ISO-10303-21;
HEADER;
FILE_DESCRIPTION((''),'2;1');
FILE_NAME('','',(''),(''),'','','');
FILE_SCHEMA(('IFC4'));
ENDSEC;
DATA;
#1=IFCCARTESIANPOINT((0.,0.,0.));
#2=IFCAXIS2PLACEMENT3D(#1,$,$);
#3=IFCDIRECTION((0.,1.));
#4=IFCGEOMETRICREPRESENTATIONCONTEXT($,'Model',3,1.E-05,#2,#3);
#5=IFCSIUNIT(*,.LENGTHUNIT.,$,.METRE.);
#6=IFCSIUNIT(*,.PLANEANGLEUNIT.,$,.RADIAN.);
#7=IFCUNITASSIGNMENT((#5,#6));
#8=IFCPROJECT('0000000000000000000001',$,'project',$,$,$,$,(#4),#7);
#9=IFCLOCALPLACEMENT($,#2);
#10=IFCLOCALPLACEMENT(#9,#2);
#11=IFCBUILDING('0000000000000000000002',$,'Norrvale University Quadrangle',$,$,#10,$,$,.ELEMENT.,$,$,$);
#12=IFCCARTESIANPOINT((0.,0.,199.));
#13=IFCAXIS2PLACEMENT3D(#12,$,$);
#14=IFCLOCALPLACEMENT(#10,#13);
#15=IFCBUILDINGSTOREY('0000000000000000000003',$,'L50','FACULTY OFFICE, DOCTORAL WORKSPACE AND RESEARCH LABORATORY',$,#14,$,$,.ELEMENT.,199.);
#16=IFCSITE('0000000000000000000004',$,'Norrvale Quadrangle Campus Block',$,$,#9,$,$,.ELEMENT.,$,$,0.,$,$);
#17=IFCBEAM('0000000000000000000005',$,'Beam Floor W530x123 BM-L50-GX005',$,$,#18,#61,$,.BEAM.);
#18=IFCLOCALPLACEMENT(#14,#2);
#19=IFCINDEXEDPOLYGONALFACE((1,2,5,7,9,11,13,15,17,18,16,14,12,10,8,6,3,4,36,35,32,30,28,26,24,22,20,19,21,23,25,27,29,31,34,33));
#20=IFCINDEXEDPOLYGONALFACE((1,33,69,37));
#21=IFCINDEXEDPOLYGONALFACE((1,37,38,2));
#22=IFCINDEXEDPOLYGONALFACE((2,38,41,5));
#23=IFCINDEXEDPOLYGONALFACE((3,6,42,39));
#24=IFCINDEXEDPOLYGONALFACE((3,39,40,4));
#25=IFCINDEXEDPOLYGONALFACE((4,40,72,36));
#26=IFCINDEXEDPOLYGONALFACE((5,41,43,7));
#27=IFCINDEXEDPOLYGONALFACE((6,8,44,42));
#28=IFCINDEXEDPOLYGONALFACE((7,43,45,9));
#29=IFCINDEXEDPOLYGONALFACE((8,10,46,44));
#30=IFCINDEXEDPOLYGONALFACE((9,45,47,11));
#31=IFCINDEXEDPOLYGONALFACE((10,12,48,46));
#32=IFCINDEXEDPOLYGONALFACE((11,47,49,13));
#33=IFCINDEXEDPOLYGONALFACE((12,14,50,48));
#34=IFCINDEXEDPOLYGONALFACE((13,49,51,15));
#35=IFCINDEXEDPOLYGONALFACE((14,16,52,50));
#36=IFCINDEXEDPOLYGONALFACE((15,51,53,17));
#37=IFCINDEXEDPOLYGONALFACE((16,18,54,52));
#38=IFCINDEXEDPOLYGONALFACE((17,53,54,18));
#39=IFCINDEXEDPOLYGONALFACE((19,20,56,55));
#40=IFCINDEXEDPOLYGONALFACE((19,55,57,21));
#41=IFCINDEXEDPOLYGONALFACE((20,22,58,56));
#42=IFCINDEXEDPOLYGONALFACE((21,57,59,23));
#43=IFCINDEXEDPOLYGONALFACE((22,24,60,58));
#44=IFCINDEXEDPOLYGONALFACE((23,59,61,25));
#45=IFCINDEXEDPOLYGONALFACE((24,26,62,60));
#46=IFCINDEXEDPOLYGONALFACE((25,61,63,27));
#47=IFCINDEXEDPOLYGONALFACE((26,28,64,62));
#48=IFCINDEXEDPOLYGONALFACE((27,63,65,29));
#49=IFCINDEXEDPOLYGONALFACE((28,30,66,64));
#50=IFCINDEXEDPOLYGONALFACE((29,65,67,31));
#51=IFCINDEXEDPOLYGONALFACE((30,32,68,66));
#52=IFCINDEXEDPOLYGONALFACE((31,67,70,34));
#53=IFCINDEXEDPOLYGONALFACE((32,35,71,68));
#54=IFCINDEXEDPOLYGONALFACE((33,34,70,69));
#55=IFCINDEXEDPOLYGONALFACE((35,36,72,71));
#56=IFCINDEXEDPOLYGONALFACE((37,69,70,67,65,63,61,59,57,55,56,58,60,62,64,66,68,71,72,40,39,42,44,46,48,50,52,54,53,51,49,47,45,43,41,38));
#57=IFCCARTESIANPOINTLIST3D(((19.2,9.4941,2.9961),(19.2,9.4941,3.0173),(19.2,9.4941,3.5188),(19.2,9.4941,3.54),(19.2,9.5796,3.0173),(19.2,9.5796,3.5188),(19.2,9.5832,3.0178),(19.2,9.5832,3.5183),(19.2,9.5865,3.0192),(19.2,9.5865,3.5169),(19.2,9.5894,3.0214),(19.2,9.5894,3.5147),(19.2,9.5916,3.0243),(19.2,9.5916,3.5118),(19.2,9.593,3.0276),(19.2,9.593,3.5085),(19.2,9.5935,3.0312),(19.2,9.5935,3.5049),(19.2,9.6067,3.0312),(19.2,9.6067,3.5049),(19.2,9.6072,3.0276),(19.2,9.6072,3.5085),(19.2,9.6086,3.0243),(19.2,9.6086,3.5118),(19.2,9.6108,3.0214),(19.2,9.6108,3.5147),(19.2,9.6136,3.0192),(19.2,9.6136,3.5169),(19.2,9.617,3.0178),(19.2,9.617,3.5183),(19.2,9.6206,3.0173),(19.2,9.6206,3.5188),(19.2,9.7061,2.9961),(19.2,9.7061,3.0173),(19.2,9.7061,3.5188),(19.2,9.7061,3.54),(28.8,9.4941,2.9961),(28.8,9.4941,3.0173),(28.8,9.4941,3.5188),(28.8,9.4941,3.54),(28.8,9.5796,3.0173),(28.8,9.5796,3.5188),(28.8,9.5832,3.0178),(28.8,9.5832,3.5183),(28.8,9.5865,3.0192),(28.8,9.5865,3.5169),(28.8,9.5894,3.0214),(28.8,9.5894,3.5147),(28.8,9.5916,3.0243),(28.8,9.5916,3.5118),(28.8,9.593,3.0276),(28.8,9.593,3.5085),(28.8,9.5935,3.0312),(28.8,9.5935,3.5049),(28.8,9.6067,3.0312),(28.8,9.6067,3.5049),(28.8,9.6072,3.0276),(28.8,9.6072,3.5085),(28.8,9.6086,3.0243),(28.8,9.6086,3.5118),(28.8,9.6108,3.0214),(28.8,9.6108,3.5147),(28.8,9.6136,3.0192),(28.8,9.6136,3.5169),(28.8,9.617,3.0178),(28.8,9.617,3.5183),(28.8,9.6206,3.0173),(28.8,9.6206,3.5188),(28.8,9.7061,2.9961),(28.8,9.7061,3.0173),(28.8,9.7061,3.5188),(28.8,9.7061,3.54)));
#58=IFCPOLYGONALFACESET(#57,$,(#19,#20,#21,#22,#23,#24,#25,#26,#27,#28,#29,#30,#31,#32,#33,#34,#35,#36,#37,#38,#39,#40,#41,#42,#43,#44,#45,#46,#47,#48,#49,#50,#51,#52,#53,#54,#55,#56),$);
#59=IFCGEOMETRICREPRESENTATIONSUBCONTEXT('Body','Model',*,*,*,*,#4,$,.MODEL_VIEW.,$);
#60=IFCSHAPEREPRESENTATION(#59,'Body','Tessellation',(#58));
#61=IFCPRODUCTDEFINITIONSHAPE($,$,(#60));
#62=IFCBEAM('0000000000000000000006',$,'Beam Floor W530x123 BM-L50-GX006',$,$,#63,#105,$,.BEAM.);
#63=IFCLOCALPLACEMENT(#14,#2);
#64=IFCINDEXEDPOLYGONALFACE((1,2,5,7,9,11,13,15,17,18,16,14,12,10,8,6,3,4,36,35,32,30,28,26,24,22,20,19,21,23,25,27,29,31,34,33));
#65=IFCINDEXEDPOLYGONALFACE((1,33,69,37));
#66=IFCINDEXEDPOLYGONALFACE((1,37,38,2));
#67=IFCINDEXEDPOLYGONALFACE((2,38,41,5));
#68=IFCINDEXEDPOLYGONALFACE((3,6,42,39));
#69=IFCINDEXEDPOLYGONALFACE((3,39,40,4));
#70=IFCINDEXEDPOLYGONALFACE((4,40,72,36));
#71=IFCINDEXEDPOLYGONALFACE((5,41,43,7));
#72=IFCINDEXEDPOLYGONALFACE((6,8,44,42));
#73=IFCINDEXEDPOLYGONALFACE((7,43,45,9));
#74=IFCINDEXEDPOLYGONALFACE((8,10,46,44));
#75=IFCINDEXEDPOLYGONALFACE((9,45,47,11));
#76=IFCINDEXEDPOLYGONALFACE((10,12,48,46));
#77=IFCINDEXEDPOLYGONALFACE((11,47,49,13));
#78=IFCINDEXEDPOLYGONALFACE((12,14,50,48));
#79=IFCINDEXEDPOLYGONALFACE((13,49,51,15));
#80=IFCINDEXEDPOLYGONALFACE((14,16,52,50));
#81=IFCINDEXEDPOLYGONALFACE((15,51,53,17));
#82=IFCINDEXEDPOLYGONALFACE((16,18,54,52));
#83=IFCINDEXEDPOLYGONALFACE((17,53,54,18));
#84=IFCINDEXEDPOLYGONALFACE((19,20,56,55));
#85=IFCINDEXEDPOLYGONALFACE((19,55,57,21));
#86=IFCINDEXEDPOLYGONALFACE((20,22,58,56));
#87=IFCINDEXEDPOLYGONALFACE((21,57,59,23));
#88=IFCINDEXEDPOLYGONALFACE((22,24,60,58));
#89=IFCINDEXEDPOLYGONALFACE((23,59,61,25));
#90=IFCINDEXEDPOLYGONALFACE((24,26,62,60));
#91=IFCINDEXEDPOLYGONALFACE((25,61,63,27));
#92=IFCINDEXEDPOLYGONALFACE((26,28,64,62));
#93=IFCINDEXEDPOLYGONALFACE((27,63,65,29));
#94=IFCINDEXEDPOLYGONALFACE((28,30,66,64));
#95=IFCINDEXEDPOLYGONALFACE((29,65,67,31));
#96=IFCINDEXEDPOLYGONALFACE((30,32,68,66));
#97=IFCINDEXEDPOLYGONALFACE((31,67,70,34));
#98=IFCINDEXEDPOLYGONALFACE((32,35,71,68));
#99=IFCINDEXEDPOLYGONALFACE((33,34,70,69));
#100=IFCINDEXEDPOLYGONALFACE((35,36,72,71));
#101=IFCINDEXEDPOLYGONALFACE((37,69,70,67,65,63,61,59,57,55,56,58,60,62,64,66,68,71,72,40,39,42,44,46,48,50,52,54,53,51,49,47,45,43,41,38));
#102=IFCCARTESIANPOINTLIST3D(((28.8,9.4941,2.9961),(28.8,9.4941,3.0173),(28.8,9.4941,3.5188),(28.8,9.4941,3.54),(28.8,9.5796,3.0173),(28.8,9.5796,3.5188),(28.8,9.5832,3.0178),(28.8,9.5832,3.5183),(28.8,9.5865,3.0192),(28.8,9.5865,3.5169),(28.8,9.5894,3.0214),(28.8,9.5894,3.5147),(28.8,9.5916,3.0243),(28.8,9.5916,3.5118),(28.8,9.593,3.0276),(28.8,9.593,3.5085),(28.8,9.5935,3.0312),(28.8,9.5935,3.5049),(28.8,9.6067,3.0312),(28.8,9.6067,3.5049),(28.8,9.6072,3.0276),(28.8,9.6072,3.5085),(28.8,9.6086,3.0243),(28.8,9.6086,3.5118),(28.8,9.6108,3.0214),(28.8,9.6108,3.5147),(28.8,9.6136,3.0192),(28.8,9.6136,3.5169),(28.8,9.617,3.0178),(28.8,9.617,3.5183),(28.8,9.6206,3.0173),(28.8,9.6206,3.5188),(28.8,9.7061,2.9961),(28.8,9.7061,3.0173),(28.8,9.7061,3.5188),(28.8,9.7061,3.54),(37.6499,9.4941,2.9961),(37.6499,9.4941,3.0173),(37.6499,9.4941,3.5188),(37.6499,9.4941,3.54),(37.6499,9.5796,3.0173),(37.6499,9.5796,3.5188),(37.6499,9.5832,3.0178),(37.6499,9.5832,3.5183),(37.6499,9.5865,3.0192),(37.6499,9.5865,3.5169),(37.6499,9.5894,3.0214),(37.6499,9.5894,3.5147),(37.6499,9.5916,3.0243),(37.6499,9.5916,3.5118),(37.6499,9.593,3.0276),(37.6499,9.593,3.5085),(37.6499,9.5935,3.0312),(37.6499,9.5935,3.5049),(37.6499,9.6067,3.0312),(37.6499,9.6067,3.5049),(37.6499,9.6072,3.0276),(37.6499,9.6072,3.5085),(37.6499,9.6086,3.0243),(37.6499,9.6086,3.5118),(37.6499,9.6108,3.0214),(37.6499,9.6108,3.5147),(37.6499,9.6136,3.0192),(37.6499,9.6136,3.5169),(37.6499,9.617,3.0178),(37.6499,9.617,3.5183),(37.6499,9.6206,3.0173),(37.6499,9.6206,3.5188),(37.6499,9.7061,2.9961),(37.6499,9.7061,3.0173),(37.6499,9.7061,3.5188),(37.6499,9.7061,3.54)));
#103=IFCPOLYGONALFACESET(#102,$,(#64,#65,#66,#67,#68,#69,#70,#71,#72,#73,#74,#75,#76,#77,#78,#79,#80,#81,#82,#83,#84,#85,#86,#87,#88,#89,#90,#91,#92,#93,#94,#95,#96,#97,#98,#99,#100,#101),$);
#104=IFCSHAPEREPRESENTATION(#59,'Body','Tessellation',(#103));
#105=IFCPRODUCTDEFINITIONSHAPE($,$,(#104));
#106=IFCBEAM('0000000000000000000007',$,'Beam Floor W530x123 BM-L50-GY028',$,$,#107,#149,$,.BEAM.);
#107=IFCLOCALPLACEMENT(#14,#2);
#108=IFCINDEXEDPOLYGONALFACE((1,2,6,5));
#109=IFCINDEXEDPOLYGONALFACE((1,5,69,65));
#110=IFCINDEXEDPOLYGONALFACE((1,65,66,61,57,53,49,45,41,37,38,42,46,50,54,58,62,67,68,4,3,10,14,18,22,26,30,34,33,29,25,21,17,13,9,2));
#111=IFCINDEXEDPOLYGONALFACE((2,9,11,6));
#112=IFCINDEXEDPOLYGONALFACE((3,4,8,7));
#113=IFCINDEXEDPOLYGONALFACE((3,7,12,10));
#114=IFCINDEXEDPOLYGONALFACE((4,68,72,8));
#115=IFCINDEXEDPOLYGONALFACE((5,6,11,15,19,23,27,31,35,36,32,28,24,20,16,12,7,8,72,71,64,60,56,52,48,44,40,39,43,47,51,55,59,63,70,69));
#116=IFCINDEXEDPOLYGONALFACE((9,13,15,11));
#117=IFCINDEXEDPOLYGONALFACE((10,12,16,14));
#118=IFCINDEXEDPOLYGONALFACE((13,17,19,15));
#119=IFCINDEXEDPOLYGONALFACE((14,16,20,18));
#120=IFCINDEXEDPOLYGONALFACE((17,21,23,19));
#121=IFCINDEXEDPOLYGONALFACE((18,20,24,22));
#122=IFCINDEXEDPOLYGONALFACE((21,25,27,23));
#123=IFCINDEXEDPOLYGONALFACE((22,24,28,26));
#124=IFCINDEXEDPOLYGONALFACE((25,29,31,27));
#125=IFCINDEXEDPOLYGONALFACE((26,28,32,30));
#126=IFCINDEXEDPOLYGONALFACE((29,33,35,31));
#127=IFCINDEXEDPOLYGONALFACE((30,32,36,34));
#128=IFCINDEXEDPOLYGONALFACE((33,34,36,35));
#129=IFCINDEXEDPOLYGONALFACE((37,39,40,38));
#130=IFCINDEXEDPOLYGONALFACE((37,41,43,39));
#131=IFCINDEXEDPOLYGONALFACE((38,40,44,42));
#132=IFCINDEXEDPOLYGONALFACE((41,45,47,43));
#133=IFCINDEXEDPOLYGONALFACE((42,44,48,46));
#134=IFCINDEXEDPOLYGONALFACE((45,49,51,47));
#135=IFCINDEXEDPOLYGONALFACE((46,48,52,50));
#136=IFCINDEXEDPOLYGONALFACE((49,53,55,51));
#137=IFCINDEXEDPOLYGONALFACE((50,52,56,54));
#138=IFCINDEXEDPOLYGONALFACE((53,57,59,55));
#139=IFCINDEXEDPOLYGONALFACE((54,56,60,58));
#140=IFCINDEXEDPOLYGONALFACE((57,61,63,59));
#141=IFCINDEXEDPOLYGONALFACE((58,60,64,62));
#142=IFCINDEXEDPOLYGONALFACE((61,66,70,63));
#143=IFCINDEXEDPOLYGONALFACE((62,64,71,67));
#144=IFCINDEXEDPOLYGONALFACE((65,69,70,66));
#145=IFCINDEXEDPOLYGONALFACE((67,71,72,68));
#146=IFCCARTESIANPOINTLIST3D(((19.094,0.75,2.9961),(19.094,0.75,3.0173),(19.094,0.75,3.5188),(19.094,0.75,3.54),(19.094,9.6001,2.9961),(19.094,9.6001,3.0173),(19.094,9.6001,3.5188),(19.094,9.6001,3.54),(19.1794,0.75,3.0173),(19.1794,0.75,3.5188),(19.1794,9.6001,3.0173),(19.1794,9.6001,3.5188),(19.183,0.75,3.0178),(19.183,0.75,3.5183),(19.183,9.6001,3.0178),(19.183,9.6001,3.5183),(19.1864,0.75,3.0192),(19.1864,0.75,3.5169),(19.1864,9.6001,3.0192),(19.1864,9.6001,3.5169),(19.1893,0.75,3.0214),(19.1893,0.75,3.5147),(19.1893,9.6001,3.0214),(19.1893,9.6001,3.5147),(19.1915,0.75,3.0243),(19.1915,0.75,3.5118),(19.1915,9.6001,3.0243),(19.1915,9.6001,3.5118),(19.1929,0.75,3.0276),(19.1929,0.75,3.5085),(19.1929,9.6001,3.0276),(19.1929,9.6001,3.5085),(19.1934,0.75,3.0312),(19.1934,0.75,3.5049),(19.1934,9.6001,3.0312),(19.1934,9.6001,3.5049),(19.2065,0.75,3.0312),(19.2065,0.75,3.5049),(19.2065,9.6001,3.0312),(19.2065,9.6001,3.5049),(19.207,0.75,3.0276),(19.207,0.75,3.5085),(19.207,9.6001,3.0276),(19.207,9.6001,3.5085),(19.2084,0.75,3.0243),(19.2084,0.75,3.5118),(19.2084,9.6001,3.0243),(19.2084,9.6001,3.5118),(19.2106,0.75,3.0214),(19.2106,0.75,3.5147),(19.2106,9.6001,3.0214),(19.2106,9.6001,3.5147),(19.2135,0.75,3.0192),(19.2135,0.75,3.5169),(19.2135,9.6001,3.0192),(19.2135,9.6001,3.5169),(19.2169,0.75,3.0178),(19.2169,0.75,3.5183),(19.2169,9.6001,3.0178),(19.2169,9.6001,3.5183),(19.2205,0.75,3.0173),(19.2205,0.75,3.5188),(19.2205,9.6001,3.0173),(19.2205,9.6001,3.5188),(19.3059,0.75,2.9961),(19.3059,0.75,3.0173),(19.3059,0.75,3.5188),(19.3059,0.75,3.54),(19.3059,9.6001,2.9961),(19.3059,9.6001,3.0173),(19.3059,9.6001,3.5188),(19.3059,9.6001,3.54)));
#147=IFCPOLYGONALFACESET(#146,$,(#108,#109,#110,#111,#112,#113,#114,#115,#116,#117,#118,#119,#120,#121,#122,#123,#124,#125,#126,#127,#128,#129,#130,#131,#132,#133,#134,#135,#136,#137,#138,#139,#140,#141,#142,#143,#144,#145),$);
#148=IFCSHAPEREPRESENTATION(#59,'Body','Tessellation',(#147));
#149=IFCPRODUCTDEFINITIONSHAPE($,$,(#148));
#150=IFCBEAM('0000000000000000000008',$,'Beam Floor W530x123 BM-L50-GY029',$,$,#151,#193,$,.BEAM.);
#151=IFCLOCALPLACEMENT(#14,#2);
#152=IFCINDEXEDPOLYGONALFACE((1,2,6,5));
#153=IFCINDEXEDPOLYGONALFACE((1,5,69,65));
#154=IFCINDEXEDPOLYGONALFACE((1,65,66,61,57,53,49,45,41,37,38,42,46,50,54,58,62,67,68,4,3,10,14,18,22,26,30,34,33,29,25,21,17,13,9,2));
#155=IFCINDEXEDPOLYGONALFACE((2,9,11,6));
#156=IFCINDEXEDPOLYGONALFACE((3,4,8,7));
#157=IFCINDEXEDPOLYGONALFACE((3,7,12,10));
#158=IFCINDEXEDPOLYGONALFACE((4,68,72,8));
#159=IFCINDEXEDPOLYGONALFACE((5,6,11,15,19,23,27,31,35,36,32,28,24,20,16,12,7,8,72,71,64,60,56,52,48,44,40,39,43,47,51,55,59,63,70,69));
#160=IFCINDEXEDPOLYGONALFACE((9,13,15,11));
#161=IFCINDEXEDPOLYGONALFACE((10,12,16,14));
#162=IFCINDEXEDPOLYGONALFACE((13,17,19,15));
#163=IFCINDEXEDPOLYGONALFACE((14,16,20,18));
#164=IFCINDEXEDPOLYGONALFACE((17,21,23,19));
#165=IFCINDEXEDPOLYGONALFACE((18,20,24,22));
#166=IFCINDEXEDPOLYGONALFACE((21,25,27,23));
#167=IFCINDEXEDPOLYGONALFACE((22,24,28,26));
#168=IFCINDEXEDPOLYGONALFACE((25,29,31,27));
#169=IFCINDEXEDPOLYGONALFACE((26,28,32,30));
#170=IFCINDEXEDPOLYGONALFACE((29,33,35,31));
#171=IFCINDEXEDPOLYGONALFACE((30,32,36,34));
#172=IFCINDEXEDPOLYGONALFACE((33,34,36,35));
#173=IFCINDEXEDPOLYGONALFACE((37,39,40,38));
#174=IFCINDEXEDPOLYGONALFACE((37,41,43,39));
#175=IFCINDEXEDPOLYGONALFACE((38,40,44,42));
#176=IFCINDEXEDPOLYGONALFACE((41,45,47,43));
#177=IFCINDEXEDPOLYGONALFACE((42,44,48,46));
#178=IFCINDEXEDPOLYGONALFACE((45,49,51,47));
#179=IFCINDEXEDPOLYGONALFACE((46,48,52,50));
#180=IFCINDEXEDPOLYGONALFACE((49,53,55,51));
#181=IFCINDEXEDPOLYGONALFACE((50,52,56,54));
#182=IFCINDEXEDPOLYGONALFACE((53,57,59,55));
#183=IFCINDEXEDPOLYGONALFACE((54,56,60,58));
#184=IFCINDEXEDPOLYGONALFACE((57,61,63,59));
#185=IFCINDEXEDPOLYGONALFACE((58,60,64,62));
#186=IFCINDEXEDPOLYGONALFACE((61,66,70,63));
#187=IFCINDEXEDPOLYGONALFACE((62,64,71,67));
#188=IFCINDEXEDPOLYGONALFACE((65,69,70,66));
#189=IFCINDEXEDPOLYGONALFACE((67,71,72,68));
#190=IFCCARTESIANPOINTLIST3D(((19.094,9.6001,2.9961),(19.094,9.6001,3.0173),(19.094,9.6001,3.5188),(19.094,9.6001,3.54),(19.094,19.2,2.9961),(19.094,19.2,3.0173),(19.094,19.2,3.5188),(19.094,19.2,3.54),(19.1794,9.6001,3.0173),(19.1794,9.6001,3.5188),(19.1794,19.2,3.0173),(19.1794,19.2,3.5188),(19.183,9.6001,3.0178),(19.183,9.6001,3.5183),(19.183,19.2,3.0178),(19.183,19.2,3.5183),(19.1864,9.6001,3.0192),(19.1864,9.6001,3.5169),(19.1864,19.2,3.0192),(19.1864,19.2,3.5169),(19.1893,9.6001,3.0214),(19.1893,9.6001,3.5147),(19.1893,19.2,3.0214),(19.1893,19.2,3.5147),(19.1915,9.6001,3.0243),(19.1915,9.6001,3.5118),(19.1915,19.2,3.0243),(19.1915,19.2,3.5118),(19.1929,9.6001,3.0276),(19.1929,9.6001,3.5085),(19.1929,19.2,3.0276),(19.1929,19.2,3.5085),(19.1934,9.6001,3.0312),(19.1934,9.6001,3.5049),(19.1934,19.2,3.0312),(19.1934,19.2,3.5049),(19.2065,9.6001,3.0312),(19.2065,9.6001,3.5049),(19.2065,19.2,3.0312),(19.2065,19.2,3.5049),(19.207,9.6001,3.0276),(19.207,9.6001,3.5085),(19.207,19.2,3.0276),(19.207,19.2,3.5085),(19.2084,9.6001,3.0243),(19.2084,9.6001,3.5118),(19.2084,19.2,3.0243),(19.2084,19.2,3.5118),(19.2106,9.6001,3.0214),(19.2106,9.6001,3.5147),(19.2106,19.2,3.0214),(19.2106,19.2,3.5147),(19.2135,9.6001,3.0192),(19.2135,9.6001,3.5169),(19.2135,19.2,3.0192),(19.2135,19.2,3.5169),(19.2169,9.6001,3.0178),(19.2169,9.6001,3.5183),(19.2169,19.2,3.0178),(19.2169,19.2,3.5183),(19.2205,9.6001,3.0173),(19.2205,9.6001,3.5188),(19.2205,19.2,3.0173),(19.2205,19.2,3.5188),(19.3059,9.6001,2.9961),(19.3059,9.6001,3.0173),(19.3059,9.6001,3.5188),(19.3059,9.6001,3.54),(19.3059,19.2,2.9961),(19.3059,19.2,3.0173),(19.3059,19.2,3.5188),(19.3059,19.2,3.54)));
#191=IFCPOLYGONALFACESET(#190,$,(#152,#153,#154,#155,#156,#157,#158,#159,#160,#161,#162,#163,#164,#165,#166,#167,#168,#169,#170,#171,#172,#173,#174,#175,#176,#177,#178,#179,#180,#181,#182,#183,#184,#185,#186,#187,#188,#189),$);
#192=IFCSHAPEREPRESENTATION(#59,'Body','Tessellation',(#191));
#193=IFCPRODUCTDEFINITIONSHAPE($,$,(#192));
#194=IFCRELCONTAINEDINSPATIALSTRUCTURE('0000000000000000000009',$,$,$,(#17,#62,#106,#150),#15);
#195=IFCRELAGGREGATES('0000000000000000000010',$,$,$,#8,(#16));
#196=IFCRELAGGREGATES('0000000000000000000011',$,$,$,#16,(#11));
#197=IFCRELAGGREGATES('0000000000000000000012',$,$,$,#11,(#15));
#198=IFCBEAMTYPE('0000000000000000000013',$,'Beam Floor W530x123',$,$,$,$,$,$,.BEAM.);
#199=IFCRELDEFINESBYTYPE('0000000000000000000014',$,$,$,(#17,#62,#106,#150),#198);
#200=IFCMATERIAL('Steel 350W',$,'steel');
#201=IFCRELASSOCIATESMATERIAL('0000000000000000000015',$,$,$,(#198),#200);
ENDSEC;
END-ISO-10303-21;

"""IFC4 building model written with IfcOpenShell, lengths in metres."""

from ifc_helpers import new_model, si_unit, direction, frame, origin, origin_2d, place, context, subcontext, project, spatial, i_section, extrude, material, material_profile, profile_set, type_object, element, save


model = new_model("IFC4")

# Units and contexts
model_context = context("Model", 3, precision=1e-05, world=origin(), true_north=direction((0.0, 1.0)))
body_context = subcontext(model_context, "Body", "Model", "MODEL_VIEW")
ifc_project = project(units=[si_unit("LENGTHUNIT", "METRE"), si_unit("PLANEANGLEUNIT", "RADIAN")], contexts=[model_context])

# Site, building, storey
site_placement = place(None, origin())
site = spatial("IfcSite", under=ifc_project, at=site_placement, Name="Norrvale Quadrangle Campus Block", CompositionType="ELEMENT", RefElevation=0.0)
building_placement = place(site_placement, origin())
building = spatial("IfcBuilding", under=site, at=building_placement, Name="Norrvale University Quadrangle", CompositionType="ELEMENT")
storey_placement = place(building_placement, frame((0.0, 0.0, 199.0)))
storey = spatial("IfcBuildingStorey", under=building, at=storey_placement, Name="L50", Description="FACULTY OFFICE, DOCTORAL WORKSPACE AND RESEARCH LABORATORY", CompositionType="ELEMENT", Elevation=199.0)

# Beams
ifc_material_1 = material(Name="Steel 350W", Category="steel")
ifc_material_profile_1 = material_profile(ifc_material_1, i_section(OverallWidth=0.2119, OverallDepth=0.5439, WebThickness=0.0132, FlangeThickness=0.0212, FilletRadius=0.0139, at=origin_2d()), Name="Steel 350W")
ifc_profile_set_1 = profile_set([ifc_material_profile_1], Name="Steel 350W")
beam_type_1 = type_object("IfcBeamType", Name="Beam Floor W530x123", PredefinedType="BEAM", material=ifc_profile_set_1)
beam_1_placement = place(storey_placement, frame((19.2, 9.6001, 3.2681), z_axis=(1.0, 0.0, 0.0), x_axis=(0.0, 1.0, 0.0)))
element("IfcBeam", 1, at=beam_1_placement, inside=storey, type_object=beam_type_1, Name="Beam Floor W530x123 BM-L50-GX005", PredefinedType="BEAM", context=body_context, shape_type="SweptSolid", body=[
    extrude(i_section(OverallWidth=0.2119, OverallDepth=0.5439, WebThickness=0.0132, FlangeThickness=0.0212, FilletRadius=0.0139, at=origin_2d()), origin(), (0.0, 0.0, 1.0), 9.6001),
])
beam_2_placement = place(storey_placement, frame((28.8, 9.6001, 3.2681), z_axis=(1.0, 0.0, 0.0), x_axis=(0.0, 1.0, 0.0)))
element("IfcBeam", 2, at=beam_2_placement, inside=storey, type_object=beam_type_1, Name="Beam Floor W530x123 BM-L50-GX006", PredefinedType="BEAM", context=body_context, shape_type="SweptSolid", body=[
    extrude(i_section(OverallWidth=0.2119, OverallDepth=0.5439, WebThickness=0.0132, FlangeThickness=0.0212, FilletRadius=0.0139, at=origin_2d()), origin(), (0.0, 0.0, 1.0), 8.8499),
])
beam_3_placement = place(storey_placement, frame((19.2, 0.75, 3.2681), z_axis=(0.0, 1.0, 0.0), x_axis=(-1.0, 0.0, 0.0)))
element("IfcBeam", 3, at=beam_3_placement, inside=storey, type_object=beam_type_1, Name="Beam Floor W530x123 BM-L50-GY028", PredefinedType="BEAM", context=body_context, shape_type="SweptSolid", body=[
    extrude(i_section(OverallWidth=0.2119, OverallDepth=0.5439, WebThickness=0.0132, FlangeThickness=0.0212, FilletRadius=0.0139, at=origin_2d()), origin(), (0.0, 0.0, 1.0), 8.8501),
])
beam_4_placement = place(storey_placement, frame((19.2, 9.6001, 3.2681), z_axis=(0.0, 1.0, 0.0), x_axis=(-1.0, 0.0, 0.0)))
element("IfcBeam", 4, at=beam_4_placement, inside=storey, type_object=beam_type_1, Name="Beam Floor W530x123 BM-L50-GY029", PredefinedType="BEAM", context=body_context, shape_type="SweptSolid", body=[
    extrude(i_section(OverallWidth=0.2119, OverallDepth=0.5439, WebThickness=0.0132, FlangeThickness=0.0212, FilletRadius=0.0139, at=origin_2d()), origin(), (0.0, 0.0, 1.0), 9.5999),
])

save(model, "model.ifc")
